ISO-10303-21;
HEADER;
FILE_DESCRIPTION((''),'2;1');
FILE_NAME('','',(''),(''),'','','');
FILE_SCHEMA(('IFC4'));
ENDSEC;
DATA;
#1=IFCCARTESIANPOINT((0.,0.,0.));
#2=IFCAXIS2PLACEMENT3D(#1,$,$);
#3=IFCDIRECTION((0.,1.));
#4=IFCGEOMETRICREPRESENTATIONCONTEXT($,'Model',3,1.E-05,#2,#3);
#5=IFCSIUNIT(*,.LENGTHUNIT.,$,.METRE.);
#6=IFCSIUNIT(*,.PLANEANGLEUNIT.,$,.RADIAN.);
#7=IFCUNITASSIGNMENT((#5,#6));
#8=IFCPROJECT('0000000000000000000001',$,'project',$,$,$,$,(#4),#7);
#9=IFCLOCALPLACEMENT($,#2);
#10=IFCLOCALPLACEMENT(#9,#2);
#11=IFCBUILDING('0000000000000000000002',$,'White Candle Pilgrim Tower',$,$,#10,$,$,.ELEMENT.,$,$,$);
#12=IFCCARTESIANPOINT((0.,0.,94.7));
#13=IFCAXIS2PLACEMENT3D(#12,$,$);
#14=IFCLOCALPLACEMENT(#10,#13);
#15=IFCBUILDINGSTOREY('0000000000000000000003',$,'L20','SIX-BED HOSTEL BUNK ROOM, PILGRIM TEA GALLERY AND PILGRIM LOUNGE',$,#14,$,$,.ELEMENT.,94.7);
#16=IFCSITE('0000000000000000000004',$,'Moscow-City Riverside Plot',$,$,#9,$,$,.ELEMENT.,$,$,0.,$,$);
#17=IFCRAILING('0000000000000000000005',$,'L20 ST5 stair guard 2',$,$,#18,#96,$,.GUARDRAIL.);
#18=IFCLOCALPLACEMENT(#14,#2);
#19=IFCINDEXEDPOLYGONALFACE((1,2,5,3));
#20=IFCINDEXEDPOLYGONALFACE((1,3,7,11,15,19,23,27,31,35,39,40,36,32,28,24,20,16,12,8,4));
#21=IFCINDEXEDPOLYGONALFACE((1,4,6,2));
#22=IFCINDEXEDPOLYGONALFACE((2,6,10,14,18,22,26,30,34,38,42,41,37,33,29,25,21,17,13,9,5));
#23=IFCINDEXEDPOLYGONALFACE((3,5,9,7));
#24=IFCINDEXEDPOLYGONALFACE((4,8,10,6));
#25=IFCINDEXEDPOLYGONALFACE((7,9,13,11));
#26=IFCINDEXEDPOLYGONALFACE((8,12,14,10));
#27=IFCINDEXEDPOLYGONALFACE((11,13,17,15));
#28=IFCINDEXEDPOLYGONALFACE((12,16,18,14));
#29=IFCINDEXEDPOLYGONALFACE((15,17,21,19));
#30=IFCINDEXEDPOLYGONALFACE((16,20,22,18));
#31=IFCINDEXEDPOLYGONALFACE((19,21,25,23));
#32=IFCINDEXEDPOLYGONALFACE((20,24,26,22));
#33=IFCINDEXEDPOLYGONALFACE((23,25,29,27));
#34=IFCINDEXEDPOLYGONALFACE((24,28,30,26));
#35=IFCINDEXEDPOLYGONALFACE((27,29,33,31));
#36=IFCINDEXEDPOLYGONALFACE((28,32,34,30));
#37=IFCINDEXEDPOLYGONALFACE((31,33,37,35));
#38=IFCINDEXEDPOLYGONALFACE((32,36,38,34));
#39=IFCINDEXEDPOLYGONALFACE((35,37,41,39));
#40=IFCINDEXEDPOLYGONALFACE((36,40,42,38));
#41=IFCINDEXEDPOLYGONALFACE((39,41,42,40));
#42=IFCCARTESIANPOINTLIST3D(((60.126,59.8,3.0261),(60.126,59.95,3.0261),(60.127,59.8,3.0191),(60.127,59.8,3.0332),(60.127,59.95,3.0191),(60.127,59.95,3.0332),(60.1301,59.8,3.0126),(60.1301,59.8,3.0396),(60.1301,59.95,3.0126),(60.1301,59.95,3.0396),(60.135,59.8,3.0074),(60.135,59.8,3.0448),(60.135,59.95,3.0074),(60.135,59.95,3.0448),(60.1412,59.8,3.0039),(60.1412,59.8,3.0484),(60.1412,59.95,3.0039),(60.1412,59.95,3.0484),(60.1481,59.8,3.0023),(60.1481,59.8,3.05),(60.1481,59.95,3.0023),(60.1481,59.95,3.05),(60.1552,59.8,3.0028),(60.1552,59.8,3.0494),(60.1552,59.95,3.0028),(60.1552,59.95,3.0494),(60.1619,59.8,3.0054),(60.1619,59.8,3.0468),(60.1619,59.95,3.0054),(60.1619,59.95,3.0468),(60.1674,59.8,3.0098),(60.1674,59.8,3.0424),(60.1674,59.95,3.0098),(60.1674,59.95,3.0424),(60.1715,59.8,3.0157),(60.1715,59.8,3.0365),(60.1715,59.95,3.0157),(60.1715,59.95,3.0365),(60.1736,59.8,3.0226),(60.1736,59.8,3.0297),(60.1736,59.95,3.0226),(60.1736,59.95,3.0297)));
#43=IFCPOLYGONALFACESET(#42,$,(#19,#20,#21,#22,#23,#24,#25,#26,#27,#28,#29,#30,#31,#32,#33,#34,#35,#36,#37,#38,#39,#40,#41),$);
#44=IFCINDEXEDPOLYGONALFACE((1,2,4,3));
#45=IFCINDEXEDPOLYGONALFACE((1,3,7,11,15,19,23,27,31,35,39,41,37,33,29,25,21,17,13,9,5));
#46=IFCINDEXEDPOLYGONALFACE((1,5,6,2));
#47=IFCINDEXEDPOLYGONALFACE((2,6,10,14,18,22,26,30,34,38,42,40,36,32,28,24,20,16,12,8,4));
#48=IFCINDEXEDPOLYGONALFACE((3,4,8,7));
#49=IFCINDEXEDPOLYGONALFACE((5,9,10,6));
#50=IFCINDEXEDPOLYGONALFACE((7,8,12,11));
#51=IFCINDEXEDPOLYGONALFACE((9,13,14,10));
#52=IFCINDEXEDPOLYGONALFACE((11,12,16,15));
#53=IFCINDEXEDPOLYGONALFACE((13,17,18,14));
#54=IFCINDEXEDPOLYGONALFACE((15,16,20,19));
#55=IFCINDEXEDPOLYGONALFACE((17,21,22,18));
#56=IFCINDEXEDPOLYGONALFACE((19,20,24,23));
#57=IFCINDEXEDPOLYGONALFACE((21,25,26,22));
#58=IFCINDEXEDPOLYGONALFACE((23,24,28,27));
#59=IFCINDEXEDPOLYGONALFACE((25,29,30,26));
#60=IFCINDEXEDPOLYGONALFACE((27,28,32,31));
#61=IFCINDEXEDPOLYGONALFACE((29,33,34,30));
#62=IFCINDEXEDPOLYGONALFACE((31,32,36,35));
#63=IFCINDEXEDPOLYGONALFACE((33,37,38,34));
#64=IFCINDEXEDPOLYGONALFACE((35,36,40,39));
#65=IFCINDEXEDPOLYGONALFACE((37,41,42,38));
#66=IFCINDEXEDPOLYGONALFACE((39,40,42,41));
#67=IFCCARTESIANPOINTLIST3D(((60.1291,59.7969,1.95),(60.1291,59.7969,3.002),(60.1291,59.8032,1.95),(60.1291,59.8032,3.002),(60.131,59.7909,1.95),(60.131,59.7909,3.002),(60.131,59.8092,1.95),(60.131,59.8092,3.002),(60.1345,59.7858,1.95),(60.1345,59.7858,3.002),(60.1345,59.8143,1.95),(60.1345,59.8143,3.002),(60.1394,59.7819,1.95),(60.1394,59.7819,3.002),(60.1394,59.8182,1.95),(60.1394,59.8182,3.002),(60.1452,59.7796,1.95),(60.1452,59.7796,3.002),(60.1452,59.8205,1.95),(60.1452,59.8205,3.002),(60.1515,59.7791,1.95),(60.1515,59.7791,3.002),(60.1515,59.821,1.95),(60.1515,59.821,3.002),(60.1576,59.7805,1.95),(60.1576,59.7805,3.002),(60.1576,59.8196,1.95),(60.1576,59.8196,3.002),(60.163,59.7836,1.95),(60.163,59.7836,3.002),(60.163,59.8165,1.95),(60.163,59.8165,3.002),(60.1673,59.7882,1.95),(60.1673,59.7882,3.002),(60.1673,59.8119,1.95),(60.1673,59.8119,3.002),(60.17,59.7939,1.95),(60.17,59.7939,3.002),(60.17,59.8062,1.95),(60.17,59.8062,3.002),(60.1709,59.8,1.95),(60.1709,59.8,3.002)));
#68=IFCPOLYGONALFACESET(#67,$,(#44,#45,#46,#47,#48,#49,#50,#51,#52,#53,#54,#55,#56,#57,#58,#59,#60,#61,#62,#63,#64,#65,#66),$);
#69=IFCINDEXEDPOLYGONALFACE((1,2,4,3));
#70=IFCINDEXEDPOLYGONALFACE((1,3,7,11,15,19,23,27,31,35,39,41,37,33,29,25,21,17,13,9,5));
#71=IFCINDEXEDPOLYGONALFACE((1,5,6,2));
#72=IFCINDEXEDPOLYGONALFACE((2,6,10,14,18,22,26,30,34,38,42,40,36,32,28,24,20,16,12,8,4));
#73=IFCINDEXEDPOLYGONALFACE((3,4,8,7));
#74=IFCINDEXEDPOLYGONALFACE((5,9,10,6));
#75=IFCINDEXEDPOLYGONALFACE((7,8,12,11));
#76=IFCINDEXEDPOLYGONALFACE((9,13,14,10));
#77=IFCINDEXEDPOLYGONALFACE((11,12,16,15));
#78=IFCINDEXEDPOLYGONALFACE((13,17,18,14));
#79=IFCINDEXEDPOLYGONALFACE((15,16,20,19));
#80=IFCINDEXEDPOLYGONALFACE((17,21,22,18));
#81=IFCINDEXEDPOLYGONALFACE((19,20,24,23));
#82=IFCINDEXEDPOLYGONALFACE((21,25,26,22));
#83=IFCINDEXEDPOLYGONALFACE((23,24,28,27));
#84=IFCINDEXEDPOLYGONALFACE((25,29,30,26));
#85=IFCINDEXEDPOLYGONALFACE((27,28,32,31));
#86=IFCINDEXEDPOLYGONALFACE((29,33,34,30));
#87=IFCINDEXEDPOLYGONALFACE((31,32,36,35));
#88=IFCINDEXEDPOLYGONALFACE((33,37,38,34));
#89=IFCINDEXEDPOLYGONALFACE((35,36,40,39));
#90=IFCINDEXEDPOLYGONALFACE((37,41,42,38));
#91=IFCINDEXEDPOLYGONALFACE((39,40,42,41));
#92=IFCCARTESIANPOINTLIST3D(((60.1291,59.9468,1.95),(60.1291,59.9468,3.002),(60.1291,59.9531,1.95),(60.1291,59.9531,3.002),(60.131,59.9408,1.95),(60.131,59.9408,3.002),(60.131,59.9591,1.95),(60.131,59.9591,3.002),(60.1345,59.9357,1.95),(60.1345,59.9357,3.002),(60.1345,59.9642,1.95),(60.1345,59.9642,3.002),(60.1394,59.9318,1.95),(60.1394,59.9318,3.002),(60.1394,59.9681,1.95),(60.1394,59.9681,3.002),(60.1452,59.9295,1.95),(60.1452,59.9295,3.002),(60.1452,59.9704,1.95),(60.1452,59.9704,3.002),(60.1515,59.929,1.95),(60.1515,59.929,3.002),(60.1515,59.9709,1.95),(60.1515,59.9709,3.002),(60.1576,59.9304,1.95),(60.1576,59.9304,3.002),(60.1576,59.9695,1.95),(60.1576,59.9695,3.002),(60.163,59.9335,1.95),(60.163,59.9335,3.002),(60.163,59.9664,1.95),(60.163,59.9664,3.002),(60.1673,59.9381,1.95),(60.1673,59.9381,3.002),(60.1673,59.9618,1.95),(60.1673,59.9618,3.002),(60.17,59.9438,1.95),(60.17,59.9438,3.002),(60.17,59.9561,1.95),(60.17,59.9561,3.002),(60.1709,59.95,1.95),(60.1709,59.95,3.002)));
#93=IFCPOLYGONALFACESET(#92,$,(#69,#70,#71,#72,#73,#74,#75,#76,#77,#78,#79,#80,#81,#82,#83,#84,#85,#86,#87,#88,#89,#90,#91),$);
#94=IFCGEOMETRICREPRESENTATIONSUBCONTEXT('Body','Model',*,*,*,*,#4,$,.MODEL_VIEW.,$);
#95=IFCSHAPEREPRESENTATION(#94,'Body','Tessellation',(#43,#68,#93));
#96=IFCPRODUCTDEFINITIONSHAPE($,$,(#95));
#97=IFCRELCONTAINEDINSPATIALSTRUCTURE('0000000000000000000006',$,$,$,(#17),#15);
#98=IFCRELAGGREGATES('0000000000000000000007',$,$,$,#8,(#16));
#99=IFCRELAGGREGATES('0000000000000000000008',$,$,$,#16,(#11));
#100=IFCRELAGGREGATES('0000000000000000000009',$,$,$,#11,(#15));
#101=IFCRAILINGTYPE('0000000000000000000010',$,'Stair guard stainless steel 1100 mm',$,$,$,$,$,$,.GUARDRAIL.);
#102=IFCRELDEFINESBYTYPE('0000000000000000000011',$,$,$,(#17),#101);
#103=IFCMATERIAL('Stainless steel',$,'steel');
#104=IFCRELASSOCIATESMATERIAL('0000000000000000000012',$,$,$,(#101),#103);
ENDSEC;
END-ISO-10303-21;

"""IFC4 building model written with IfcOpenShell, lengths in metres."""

from ifc_helpers import new_model, si_unit, direction, frame, origin, origin_2d, place, context, subcontext, project, spatial, circle, extrude, material, type_object, element, save


model = new_model("IFC4")

# Units and contexts
model_context = context("Model", 3, precision=1e-05, world=origin(), true_north=direction((0.0, 1.0)))
body_context = subcontext(model_context, "Body", "Model", "MODEL_VIEW")
ifc_project = project(units=[si_unit("LENGTHUNIT", "METRE"), si_unit("PLANEANGLEUNIT", "RADIAN")], contexts=[model_context])

# Site, building, storey
site_placement = place(None, origin())
site = spatial("IfcSite", under=ifc_project, at=site_placement, Name="Moscow-City Riverside Plot", CompositionType="ELEMENT", RefElevation=0.0)
building_placement = place(site_placement, origin())
building = spatial("IfcBuilding", under=site, at=building_placement, Name="White Candle Pilgrim Tower", CompositionType="ELEMENT")
storey_placement = place(building_placement, frame((0.0, 0.0, 94.7)))
storey = spatial("IfcBuildingStorey", under=building, at=storey_placement, Name="L20", Description="SIX-BED HOSTEL BUNK ROOM, PILGRIM TEA GALLERY AND PILGRIM LOUNGE", CompositionType="ELEMENT", Elevation=94.7)

# Railing
ifc_material_1 = material(Name="Stainless steel", Category="steel")
railing_type_1 = type_object("IfcRailingType", Name="Stair guard stainless steel 1100 mm", PredefinedType="GUARDRAIL", material=ifc_material_1)
railing_1_placement = place(storey_placement, frame((60.1499, 59.8, 1.95)))
element("IfcRailing", 1, at=railing_1_placement, inside=storey, type_object=railing_type_1, Name="L20 ST5 stair guard 2", PredefinedType="GUARDRAIL", context=body_context, shape_type="SweptSolid", body=[
    extrude(circle(Radius=0.0239, at=origin_2d()), frame((0.0, 0.0, 1.0762), z_axis=(0.0, 1.0, 0.0), x_axis=(-1.0, 0.0, 0.0)), (0.0, 0.0, 1.0), 0.1499),
    extrude(circle(Radius=0.021, at=origin_2d()), origin(), (0.0, 0.0, 1.0), 1.052),
    extrude(circle(Radius=0.021, at=origin_2d()), frame((0.0, 0.1499, 0.0)), (0.0, 0.0, 1.0), 1.052),
])

save(model, "model.ifc")
